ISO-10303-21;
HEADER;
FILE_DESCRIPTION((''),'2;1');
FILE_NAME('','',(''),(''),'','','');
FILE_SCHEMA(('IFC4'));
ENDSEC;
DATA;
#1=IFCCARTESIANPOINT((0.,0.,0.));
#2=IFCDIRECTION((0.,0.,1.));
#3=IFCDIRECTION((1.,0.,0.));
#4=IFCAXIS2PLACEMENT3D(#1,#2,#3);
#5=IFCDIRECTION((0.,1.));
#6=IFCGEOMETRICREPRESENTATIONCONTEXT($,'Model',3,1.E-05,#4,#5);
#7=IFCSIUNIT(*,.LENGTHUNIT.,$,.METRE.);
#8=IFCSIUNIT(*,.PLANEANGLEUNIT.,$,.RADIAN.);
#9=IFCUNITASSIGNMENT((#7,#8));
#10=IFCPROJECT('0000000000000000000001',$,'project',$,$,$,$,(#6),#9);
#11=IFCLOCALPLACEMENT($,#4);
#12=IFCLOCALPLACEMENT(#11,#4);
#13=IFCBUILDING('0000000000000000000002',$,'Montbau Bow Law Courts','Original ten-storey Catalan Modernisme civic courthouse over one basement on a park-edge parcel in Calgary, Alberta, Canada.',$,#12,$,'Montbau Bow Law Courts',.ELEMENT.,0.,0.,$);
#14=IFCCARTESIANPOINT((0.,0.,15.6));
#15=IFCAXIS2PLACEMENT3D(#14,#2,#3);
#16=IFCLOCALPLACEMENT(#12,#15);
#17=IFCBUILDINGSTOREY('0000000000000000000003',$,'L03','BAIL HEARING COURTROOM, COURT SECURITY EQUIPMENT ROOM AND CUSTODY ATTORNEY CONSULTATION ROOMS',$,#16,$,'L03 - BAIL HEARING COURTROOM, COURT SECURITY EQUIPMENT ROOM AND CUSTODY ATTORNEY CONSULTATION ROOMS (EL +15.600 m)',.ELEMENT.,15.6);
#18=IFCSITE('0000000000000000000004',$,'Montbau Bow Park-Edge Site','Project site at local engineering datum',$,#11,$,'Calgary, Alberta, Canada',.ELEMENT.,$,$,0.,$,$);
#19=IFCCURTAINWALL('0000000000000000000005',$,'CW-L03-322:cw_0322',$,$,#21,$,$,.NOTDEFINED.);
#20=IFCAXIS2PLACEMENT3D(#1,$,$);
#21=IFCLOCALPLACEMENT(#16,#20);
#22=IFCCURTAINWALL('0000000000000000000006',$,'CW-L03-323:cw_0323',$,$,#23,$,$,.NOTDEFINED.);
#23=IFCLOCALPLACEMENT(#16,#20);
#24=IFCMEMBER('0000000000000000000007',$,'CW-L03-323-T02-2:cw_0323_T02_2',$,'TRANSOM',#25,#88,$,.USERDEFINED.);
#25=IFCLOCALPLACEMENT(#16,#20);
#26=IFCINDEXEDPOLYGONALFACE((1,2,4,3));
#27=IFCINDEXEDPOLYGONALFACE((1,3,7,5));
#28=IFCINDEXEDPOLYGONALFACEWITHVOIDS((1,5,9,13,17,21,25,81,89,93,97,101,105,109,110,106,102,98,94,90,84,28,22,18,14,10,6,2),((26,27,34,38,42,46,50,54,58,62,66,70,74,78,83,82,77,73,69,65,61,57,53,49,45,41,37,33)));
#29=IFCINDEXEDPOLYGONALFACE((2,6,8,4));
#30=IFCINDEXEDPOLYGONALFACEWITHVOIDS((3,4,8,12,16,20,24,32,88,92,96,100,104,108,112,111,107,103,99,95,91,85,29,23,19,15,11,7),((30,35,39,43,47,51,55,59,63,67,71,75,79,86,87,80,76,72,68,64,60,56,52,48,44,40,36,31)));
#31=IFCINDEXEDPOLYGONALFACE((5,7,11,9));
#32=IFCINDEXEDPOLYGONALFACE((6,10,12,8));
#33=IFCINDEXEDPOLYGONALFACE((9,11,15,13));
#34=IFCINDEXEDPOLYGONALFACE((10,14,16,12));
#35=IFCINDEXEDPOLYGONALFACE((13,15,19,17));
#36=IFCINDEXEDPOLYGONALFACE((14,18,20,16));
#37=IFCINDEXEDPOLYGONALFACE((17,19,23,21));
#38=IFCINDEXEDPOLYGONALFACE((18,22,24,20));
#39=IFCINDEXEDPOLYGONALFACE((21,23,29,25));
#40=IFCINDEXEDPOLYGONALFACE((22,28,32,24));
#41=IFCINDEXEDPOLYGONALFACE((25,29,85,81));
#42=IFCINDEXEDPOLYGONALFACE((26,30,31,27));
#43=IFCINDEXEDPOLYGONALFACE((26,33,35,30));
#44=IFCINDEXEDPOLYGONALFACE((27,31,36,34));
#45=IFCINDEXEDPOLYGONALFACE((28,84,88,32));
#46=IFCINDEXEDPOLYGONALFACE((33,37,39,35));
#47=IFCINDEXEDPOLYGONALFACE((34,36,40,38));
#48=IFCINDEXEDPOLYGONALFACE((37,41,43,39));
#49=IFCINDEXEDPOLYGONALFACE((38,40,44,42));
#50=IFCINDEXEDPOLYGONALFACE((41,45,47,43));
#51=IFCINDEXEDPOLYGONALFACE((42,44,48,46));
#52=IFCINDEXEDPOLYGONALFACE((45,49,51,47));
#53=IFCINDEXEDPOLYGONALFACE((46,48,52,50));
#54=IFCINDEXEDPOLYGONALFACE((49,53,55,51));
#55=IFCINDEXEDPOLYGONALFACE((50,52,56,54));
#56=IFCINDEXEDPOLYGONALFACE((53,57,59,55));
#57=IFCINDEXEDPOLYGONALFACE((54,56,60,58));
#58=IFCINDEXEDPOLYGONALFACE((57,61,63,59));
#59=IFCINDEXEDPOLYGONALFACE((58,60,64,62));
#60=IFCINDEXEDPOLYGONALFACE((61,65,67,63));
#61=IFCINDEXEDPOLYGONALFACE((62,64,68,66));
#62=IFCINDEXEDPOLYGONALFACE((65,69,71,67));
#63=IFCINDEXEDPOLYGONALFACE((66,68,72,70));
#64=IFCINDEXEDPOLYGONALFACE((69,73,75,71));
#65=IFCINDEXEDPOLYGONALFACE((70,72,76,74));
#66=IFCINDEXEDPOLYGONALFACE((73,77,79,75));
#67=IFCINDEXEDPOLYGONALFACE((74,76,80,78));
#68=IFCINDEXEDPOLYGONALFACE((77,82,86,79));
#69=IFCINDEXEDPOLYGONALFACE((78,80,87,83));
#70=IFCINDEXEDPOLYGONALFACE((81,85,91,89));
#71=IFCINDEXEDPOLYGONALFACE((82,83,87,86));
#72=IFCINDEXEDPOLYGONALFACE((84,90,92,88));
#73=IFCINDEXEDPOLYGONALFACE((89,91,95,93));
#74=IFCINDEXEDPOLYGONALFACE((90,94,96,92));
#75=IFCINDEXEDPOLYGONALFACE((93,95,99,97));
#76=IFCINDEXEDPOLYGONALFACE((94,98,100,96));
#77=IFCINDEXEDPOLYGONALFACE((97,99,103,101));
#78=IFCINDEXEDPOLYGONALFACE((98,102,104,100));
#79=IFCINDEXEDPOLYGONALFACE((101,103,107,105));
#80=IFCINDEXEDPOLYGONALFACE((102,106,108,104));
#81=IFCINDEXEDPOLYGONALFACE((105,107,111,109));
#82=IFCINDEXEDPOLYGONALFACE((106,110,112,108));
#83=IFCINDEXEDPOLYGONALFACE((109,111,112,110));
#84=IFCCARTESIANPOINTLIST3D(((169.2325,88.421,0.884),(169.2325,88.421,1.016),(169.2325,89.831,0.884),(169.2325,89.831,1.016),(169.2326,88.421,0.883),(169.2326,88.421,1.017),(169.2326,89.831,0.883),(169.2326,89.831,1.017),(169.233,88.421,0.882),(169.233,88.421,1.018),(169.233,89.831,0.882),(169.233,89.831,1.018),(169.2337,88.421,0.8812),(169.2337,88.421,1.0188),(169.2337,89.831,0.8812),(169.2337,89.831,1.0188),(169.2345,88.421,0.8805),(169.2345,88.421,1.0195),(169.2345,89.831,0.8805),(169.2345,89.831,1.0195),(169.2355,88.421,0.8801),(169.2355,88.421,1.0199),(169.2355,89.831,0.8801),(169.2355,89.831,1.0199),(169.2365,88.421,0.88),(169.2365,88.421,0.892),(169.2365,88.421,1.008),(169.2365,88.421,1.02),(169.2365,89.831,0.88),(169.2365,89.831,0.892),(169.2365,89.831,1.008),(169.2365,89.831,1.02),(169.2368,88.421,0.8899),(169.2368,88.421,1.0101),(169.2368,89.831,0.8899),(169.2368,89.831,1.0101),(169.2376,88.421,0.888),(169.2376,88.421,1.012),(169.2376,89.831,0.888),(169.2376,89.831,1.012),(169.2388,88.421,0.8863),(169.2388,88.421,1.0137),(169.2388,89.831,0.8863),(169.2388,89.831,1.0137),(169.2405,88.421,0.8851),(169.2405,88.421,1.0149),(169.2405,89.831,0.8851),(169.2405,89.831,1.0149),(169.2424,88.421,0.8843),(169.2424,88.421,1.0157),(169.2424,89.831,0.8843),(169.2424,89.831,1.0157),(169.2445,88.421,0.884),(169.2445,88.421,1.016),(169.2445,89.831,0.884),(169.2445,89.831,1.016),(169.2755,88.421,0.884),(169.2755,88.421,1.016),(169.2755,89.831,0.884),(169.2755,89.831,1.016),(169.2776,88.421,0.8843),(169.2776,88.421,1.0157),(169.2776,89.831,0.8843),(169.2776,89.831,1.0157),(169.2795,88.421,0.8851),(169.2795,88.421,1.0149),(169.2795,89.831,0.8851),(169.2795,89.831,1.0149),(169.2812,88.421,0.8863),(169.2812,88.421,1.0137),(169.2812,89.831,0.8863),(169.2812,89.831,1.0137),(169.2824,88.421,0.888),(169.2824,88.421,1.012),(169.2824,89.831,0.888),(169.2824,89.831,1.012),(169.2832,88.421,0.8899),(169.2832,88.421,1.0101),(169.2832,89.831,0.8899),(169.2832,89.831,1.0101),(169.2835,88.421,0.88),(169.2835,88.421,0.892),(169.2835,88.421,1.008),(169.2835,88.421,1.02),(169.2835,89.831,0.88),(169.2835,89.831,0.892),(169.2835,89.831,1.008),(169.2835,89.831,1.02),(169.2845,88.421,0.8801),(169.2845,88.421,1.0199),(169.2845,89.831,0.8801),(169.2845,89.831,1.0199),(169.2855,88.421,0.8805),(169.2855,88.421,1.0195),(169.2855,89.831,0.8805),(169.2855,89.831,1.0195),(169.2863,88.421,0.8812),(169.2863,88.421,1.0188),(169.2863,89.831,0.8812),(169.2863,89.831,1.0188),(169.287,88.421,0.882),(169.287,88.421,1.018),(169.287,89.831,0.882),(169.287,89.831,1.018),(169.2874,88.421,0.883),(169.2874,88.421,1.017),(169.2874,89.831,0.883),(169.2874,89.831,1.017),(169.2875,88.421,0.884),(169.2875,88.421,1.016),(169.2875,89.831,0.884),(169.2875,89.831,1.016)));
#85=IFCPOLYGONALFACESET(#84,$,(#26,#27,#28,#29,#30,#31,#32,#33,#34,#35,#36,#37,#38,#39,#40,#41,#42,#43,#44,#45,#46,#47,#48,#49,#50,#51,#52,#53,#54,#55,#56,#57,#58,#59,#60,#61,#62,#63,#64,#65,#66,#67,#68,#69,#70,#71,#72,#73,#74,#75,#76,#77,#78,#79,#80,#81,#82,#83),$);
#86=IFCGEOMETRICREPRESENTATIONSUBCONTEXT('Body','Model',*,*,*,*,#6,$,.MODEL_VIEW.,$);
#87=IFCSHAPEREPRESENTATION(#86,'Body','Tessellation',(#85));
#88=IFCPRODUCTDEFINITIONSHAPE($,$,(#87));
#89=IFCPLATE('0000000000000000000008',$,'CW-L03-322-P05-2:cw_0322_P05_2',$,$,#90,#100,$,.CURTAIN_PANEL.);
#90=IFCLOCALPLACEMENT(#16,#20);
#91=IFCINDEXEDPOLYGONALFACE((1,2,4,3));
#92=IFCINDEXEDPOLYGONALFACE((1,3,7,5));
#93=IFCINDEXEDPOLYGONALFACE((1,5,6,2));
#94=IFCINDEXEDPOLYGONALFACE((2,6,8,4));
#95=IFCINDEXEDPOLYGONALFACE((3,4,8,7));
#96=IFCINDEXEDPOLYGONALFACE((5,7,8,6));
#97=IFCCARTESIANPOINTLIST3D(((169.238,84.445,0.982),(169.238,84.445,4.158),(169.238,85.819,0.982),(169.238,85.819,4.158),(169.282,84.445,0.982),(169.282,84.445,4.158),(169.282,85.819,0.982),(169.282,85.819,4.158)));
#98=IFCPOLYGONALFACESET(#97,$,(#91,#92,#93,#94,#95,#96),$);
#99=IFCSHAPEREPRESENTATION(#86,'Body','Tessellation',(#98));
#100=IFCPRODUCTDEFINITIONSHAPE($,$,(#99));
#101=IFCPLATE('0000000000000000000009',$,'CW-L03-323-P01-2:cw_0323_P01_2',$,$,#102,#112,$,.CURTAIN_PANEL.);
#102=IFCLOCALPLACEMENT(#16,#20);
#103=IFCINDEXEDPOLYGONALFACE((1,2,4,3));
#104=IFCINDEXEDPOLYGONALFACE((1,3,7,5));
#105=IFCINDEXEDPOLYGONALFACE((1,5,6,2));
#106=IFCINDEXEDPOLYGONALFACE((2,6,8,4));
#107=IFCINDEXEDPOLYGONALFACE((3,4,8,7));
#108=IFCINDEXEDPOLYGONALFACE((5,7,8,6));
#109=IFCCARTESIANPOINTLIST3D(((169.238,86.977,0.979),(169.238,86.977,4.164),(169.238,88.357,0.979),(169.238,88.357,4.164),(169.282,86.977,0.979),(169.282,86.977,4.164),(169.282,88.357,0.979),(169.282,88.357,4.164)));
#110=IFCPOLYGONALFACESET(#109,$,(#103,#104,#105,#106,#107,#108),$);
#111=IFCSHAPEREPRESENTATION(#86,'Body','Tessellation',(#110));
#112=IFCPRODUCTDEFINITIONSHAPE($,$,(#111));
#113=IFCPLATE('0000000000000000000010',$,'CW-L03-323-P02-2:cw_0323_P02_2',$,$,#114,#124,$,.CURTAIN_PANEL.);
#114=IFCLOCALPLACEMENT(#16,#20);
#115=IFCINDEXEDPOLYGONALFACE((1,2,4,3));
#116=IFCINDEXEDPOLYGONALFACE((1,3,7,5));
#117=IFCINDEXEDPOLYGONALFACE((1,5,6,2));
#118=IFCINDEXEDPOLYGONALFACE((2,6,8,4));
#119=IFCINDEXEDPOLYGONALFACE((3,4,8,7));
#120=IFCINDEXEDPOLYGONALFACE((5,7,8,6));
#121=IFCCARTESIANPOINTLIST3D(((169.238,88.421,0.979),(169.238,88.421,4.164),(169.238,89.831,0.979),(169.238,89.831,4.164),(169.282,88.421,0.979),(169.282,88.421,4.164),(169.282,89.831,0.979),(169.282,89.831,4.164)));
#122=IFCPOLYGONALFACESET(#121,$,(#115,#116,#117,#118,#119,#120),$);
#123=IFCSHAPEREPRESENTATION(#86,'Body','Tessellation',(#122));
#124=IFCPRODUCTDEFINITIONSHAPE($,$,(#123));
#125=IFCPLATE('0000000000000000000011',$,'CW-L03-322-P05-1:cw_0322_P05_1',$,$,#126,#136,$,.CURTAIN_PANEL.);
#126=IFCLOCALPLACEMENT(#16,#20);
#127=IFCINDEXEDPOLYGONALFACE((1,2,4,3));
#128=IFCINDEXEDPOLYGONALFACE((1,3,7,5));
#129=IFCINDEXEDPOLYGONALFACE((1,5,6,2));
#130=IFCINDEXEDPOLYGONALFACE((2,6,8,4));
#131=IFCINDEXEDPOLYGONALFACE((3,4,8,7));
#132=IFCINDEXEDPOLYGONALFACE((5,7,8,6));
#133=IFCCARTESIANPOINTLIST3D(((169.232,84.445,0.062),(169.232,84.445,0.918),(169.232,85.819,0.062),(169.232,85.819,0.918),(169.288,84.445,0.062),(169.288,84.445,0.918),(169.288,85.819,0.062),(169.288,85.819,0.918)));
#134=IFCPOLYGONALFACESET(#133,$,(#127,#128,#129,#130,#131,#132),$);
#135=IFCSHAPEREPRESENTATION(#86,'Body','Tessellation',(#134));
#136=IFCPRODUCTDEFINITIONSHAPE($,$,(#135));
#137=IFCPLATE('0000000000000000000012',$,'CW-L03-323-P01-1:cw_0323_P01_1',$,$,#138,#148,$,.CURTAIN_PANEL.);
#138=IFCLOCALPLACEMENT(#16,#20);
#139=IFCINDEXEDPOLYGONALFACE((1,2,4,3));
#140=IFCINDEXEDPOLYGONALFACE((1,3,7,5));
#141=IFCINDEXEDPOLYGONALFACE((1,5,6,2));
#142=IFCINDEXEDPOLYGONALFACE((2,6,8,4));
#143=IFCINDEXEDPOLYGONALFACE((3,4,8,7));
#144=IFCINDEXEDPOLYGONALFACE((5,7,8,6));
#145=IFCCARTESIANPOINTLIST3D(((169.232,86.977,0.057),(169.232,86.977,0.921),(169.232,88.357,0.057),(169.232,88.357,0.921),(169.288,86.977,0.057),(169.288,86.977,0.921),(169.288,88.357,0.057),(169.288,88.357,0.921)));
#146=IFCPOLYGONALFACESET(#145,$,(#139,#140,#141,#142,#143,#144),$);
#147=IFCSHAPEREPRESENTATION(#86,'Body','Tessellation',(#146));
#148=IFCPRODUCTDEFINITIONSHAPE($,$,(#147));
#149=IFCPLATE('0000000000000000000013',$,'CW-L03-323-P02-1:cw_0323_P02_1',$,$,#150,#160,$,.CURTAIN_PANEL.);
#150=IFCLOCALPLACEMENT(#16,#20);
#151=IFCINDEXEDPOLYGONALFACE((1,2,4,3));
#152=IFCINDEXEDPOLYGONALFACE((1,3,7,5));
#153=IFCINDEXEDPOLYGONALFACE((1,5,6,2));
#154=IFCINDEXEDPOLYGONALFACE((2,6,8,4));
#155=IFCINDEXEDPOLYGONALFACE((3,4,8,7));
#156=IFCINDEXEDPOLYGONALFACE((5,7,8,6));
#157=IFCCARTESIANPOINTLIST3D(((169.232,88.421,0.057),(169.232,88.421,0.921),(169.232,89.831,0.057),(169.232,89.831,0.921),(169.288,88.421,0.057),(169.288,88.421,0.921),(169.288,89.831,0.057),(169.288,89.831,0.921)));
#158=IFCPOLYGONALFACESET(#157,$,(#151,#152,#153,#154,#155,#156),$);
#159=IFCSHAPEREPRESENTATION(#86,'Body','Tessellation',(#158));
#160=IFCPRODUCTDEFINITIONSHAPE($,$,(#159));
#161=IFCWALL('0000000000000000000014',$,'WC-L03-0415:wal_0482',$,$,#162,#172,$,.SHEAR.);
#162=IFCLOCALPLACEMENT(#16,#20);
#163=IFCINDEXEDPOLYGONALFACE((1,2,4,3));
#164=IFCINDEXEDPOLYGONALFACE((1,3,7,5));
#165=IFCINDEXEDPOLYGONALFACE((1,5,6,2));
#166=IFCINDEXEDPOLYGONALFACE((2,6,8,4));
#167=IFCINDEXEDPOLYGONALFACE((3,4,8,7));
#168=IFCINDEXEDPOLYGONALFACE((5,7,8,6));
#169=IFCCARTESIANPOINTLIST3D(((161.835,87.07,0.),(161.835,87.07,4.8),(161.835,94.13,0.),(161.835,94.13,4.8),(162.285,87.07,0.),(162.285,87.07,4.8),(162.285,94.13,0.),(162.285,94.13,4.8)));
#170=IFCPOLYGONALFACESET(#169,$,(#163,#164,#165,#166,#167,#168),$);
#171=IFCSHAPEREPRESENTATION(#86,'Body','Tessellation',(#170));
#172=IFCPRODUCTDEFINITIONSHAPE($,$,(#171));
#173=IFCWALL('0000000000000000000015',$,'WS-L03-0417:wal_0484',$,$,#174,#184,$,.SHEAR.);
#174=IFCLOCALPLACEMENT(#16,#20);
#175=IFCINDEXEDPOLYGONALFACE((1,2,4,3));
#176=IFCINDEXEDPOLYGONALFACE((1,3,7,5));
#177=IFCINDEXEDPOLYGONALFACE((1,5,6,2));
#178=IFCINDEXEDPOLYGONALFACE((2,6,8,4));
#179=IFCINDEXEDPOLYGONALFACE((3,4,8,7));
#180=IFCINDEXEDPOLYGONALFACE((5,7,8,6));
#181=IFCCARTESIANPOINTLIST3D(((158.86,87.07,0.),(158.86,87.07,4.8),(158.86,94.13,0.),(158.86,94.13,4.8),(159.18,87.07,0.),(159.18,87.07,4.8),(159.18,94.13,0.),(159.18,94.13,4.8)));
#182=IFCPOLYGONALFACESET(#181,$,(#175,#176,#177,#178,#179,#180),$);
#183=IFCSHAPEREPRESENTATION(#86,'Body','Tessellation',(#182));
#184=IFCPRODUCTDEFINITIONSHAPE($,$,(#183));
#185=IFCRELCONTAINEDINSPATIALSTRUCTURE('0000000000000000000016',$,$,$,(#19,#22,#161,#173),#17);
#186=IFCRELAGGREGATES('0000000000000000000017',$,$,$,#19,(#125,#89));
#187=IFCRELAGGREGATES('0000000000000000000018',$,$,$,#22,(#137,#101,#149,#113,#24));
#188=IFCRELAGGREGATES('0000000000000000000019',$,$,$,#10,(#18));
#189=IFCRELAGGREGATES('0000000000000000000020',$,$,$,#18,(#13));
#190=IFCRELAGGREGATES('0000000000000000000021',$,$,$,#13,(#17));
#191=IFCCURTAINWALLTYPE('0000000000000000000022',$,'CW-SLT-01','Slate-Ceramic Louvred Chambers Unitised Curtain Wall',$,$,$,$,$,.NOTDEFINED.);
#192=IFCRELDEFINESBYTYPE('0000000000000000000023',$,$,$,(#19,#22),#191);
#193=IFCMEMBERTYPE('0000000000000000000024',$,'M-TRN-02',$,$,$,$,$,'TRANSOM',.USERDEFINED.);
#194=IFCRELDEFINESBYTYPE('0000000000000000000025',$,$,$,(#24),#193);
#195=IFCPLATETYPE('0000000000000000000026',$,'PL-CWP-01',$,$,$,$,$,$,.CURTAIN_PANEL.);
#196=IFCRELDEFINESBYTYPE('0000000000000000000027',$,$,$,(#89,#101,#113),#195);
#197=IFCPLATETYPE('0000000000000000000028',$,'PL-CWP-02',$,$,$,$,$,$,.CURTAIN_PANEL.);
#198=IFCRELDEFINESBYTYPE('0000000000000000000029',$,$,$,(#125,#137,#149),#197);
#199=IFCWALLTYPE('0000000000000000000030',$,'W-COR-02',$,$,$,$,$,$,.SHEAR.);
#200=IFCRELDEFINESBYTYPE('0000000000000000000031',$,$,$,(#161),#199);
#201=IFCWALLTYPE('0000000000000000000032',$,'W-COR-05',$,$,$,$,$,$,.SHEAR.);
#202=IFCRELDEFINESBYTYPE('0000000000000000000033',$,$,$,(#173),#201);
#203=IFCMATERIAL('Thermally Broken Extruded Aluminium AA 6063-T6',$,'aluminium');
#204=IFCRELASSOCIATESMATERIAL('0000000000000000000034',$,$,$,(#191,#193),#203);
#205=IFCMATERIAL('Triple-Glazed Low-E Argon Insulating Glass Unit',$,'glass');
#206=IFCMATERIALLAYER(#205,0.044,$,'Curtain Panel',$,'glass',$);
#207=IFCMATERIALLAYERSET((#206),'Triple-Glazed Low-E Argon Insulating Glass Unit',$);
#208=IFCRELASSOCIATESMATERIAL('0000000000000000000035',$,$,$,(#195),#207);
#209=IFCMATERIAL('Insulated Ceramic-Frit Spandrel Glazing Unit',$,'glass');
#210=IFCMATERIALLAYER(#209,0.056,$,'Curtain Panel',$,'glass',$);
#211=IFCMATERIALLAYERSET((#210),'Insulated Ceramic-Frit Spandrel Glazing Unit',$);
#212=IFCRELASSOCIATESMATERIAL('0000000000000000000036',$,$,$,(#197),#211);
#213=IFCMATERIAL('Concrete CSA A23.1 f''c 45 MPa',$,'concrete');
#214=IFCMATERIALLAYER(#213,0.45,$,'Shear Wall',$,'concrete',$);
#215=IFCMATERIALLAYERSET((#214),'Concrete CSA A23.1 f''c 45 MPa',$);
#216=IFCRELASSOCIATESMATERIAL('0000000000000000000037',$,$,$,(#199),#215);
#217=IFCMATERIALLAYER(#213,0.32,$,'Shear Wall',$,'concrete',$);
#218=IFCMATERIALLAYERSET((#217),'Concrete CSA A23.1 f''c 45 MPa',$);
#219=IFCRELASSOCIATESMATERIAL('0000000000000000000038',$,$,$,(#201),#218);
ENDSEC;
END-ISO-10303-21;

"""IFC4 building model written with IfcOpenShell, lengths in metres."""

from ifc_helpers import new_model, si_unit, direction, frame, frame_2d, origin_with_axes, origin_2d_with_axis, place, context, subcontext, project, spatial, rectangle, hollow_rectangle, extrude, material, layer, layer_set, material_profile, profile_set, type_object, element, aggregate, save


model = new_model("IFC4")

# Units and contexts
model_context = context("Model", 3, precision=1e-05, world=origin_with_axes(), true_north=direction((0.0, 1.0)))
body_context = subcontext(model_context, "Body", "Model", "MODEL_VIEW")
ifc_project = project(units=[si_unit("LENGTHUNIT", "METRE"), si_unit("PLANEANGLEUNIT", "RADIAN")], contexts=[model_context])

# Site, building, storey
site_placement = place(None, origin_with_axes())
site = spatial("IfcSite", under=ifc_project, at=site_placement, Name="Montbau Bow Park-Edge Site", Description="Project site at local engineering datum", LongName="Calgary, Alberta, Canada", CompositionType="ELEMENT", RefElevation=0.0)
building_placement = place(site_placement, origin_with_axes())
building = spatial("IfcBuilding", under=site, at=building_placement, Name="Montbau Bow Law Courts", Description="Original ten-storey Catalan Modernisme civic courthouse over one basement on a park-edge parcel in Calgary, Alberta, Canada.", LongName="Montbau Bow Law Courts", CompositionType="ELEMENT", ElevationOfRefHeight=0.0, ElevationOfTerrain=0.0)
storey_placement = place(building_placement, frame((0.0, 0.0, 15.6), z_axis=(0.0, 0.0, 1.0), x_axis=(1.0, 0.0, 0.0)))
storey = spatial("IfcBuildingStorey", under=building, at=storey_placement, Name="L03", Description="BAIL HEARING COURTROOM, COURT SECURITY EQUIPMENT ROOM AND CUSTODY ATTORNEY CONSULTATION ROOMS", LongName="L03 - BAIL HEARING COURTROOM, COURT SECURITY EQUIPMENT ROOM AND CUSTODY ATTORNEY CONSULTATION ROOMS (EL +15.600 m)", CompositionType="ELEMENT", Elevation=15.6)

# Curtain walls
ifc_material_1 = material(Name="Thermally Broken Extruded Aluminium AA 6063-T6", Category="aluminium")
curtain_wall_type = type_object("IfcCurtainWallType", Name="CW-SLT-01", Description="Slate-Ceramic Louvred Chambers Unitised Curtain Wall", PredefinedType="NOTDEFINED", material=ifc_material_1)
curtain_wall_1_placement = place(None, frame((169.26, 78.515, 15.6), z_axis=(0.0, 0.0, 1.0), x_axis=(1.0, 0.0, 0.0)))
curtain_wall_1 = element("IfcCurtainWall", 1, at=curtain_wall_1_placement, inside=storey, type_object=curtain_wall_type, Name="CW-L03-322:cw_0322", PredefinedType="NOTDEFINED")
curtain_wall_2_placement = place(None, frame((169.26, 86.915, 15.6), z_axis=(0.0, 0.0, 1.0), x_axis=(1.0, 0.0, 0.0)))
curtain_wall_2 = element("IfcCurtainWall", 2, at=curtain_wall_2_placement, inside=storey, type_object=curtain_wall_type, Name="CW-L03-323:cw_0323", PredefinedType="NOTDEFINED")

# Member
ifc_material_profile_1 = material_profile(ifc_material_1, hollow_rectangle(XDim=0.055, YDim=0.14, WallThickness=0.004, InnerFilletRadius=0.008, OuterFilletRadius=0.004, at=origin_2d_with_axis()), Name="CWT-140X55", Category="Main", Priority=0)
ifc_profile_set_1 = profile_set([ifc_material_profile_1], Name="Thermally Broken Extruded Aluminium AA 6063-T6")
member_type_1 = type_object("IfcMemberType", Name="M-TRN-02", ElementType="TRANSOM", PredefinedType="USERDEFINED", material=ifc_profile_set_1)
member_1_placement = place(None, frame((169.26, 88.421, 16.55), z_axis=(0.0, 1.0, 0.0), x_axis=(-1.0, 0.0, 0.0)))
member_1 = element("IfcMember", 3, at=member_1_placement, type_object=member_type_1, Name="CW-L03-323-T02-2:cw_0323_T02_2", ObjectType="TRANSOM", PredefinedType="USERDEFINED", context=body_context, shape_type="SweptSolid", body=[
    extrude(hollow_rectangle(XDim=0.055, YDim=0.14, WallThickness=0.004, InnerFilletRadius=0.008, OuterFilletRadius=0.004, at=origin_2d_with_axis()), origin_with_axes(), (0.0, 0.0, 1.0), 1.41),
])

# Plates
ifc_material_2 = material(Name="Triple-Glazed Low-E Argon Insulating Glass Unit", Category="glass")
ifc_layer_1 = layer(ifc_material_2, 0.044, Name="Curtain Panel", Category="glass")
ifc_layer_set_1 = layer_set([ifc_layer_1], Name="Triple-Glazed Low-E Argon Insulating Glass Unit")
plate_type_1 = type_object("IfcPlateType", Name="PL-CWP-01", PredefinedType="CURTAIN_PANEL", material=ifc_layer_set_1)
plate_1_placement = place(None, frame((169.26, 84.445, 16.582), z_axis=(1.0, 0.0, 0.0), x_axis=(0.0, 1.0, 0.0)))
plate_1 = element("IfcPlate", 4, at=plate_1_placement, type_object=plate_type_1, Name="CW-L03-322-P05-2:cw_0322_P05_2", PredefinedType="CURTAIN_PANEL", context=body_context, shape_type="SweptSolid", body=[
    extrude(rectangle(XDim=1.374, YDim=3.176, at=frame_2d((0.687, 1.588), x_axis=(1.0, 0.0))), frame((0.0, 0.0, -0.022), z_axis=(0.0, 0.0, 1.0), x_axis=(1.0, 0.0, 0.0)), (0.0, 0.0, 1.0), 0.044),
])
plate_2_placement = place(None, frame((169.26, 86.977, 16.579), z_axis=(1.0, 0.0, 0.0), x_axis=(0.0, 1.0, 0.0)))
plate_2 = element("IfcPlate", 5, at=plate_2_placement, type_object=plate_type_1, Name="CW-L03-323-P01-2:cw_0323_P01_2", PredefinedType="CURTAIN_PANEL", context=body_context, shape_type="SweptSolid", body=[
    extrude(rectangle(XDim=1.38, YDim=3.185, at=frame_2d((0.69, 1.5925), x_axis=(1.0, 0.0))), frame((0.0, 0.0, -0.022), z_axis=(0.0, 0.0, 1.0), x_axis=(1.0, 0.0, 0.0)), (0.0, 0.0, 1.0), 0.044),
])
plate_3_placement = place(None, frame((169.26, 88.421, 16.579), z_axis=(1.0, 0.0, 0.0), x_axis=(0.0, 1.0, 0.0)))
plate_3 = element("IfcPlate", 6, at=plate_3_placement, type_object=plate_type_1, Name="CW-L03-323-P02-2:cw_0323_P02_2", PredefinedType="CURTAIN_PANEL", context=body_context, shape_type="SweptSolid", body=[
    extrude(rectangle(XDim=1.41, YDim=3.185, at=frame_2d((0.705, 1.5925), x_axis=(1.0, 0.0))), frame((0.0, 0.0, -0.022), z_axis=(0.0, 0.0, 1.0), x_axis=(1.0, 0.0, 0.0)), (0.0, 0.0, 1.0), 0.044),
])
ifc_material_3 = material(Name="Insulated Ceramic-Frit Spandrel Glazing Unit", Category="glass")
ifc_layer_2 = layer(ifc_material_3, 0.056, Name="Curtain Panel", Category="glass")
ifc_layer_set_2 = layer_set([ifc_layer_2], Name="Insulated Ceramic-Frit Spandrel Glazing Unit")
plate_type_2 = type_object("IfcPlateType", Name="PL-CWP-02", PredefinedType="CURTAIN_PANEL", material=ifc_layer_set_2)
plate_4_placement = place(None, frame((169.26, 84.445, 15.662), z_axis=(1.0, 0.0, 0.0), x_axis=(0.0, 1.0, 0.0)))
plate_4 = element("IfcPlate", 7, at=plate_4_placement, type_object=plate_type_2, Name="CW-L03-322-P05-1:cw_0322_P05_1", PredefinedType="CURTAIN_PANEL", context=body_context, shape_type="SweptSolid", body=[
    extrude(rectangle(XDim=1.374, YDim=0.856, at=frame_2d((0.687, 0.428), x_axis=(1.0, 0.0))), frame((0.0, 0.0, -0.028), z_axis=(0.0, 0.0, 1.0), x_axis=(1.0, 0.0, 0.0)), (0.0, 0.0, 1.0), 0.056),
])
aggregate(curtain_wall_1, [plate_4, plate_1])
plate_5_placement = place(None, frame((169.26, 86.977, 15.657), z_axis=(1.0, 0.0, 0.0), x_axis=(0.0, 1.0, 0.0)))
plate_5 = element("IfcPlate", 8, at=plate_5_placement, type_object=plate_type_2, Name="CW-L03-323-P01-1:cw_0323_P01_1", PredefinedType="CURTAIN_PANEL", context=body_context, shape_type="SweptSolid", body=[
    extrude(rectangle(XDim=1.38, YDim=0.864, at=frame_2d((0.69, 0.432), x_axis=(1.0, 0.0))), frame((0.0, 0.0, -0.028), z_axis=(0.0, 0.0, 1.0), x_axis=(1.0, 0.0, 0.0)), (0.0, 0.0, 1.0), 0.056),
])
plate_6_placement = place(None, frame((169.26, 88.421, 15.657), z_axis=(1.0, 0.0, 0.0), x_axis=(0.0, 1.0, 0.0)))
plate_6 = element("IfcPlate", 9, at=plate_6_placement, type_object=plate_type_2, Name="CW-L03-323-P02-1:cw_0323_P02_1", PredefinedType="CURTAIN_PANEL", context=body_context, shape_type="SweptSolid", body=[
    extrude(rectangle(XDim=1.41, YDim=0.864, at=frame_2d((0.705, 0.432), x_axis=(1.0, 0.0))), frame((0.0, 0.0, -0.028), z_axis=(0.0, 0.0, 1.0), x_axis=(1.0, 0.0, 0.0)), (0.0, 0.0, 1.0), 0.056),
])
aggregate(curtain_wall_2, [plate_5, plate_2, plate_6, plate_3, member_1])

# Walls
ifc_material_4 = material(Name="Concrete CSA A23.1 f'c 45 MPa", Category="concrete")
ifc_layer_3 = layer(ifc_material_4, 0.45, Name="Shear Wall", Category="concrete")
ifc_layer_set_3 = layer_set([ifc_layer_3], Name="Concrete CSA A23.1 f'c 45 MPa")
wall_type_1 = type_object("IfcWallType", Name="W-COR-02", PredefinedType="SHEAR", material=ifc_layer_set_3)
wall_1_placement = place(None, frame((162.06, 87.07, 15.6), z_axis=(0.0, 0.0, 1.0), x_axis=(0.0, 1.0, 0.0)))
element("IfcWall", 10, at=wall_1_placement, inside=storey, type_object=wall_type_1, Name="WC-L03-0415:wal_0482", PredefinedType="SHEAR", context=body_context, shape_type="SweptSolid", body=[
    extrude(rectangle(XDim=7.06, YDim=0.45, at=frame_2d((3.53, 0.0), x_axis=(1.0, 0.0))), origin_with_axes(), (0.0, 0.0, 1.0), 4.8),
])
ifc_layer_4 = layer(ifc_material_4, 0.32, Name="Shear Wall", Category="concrete")
ifc_layer_set_4 = layer_set([ifc_layer_4], Name="Concrete CSA A23.1 f'c 45 MPa")
wall_type_2 = type_object("IfcWallType", Name="W-COR-05", PredefinedType="SHEAR", material=ifc_layer_set_4)
wall_2_placement = place(None, frame((159.02, 87.07, 15.6), z_axis=(0.0, 0.0, 1.0), x_axis=(0.0, 1.0, 0.0)))
element("IfcWall", 11, at=wall_2_placement, inside=storey, type_object=wall_type_2, Name="WS-L03-0417:wal_0484", PredefinedType="SHEAR", context=body_context, shape_type="SweptSolid", body=[
    extrude(rectangle(XDim=7.06, YDim=0.32, at=frame_2d((3.53, 0.0), x_axis=(1.0, 0.0))), origin_with_axes(), (0.0, 0.0, 1.0), 4.8),
])

save(model, "model.ifc")
